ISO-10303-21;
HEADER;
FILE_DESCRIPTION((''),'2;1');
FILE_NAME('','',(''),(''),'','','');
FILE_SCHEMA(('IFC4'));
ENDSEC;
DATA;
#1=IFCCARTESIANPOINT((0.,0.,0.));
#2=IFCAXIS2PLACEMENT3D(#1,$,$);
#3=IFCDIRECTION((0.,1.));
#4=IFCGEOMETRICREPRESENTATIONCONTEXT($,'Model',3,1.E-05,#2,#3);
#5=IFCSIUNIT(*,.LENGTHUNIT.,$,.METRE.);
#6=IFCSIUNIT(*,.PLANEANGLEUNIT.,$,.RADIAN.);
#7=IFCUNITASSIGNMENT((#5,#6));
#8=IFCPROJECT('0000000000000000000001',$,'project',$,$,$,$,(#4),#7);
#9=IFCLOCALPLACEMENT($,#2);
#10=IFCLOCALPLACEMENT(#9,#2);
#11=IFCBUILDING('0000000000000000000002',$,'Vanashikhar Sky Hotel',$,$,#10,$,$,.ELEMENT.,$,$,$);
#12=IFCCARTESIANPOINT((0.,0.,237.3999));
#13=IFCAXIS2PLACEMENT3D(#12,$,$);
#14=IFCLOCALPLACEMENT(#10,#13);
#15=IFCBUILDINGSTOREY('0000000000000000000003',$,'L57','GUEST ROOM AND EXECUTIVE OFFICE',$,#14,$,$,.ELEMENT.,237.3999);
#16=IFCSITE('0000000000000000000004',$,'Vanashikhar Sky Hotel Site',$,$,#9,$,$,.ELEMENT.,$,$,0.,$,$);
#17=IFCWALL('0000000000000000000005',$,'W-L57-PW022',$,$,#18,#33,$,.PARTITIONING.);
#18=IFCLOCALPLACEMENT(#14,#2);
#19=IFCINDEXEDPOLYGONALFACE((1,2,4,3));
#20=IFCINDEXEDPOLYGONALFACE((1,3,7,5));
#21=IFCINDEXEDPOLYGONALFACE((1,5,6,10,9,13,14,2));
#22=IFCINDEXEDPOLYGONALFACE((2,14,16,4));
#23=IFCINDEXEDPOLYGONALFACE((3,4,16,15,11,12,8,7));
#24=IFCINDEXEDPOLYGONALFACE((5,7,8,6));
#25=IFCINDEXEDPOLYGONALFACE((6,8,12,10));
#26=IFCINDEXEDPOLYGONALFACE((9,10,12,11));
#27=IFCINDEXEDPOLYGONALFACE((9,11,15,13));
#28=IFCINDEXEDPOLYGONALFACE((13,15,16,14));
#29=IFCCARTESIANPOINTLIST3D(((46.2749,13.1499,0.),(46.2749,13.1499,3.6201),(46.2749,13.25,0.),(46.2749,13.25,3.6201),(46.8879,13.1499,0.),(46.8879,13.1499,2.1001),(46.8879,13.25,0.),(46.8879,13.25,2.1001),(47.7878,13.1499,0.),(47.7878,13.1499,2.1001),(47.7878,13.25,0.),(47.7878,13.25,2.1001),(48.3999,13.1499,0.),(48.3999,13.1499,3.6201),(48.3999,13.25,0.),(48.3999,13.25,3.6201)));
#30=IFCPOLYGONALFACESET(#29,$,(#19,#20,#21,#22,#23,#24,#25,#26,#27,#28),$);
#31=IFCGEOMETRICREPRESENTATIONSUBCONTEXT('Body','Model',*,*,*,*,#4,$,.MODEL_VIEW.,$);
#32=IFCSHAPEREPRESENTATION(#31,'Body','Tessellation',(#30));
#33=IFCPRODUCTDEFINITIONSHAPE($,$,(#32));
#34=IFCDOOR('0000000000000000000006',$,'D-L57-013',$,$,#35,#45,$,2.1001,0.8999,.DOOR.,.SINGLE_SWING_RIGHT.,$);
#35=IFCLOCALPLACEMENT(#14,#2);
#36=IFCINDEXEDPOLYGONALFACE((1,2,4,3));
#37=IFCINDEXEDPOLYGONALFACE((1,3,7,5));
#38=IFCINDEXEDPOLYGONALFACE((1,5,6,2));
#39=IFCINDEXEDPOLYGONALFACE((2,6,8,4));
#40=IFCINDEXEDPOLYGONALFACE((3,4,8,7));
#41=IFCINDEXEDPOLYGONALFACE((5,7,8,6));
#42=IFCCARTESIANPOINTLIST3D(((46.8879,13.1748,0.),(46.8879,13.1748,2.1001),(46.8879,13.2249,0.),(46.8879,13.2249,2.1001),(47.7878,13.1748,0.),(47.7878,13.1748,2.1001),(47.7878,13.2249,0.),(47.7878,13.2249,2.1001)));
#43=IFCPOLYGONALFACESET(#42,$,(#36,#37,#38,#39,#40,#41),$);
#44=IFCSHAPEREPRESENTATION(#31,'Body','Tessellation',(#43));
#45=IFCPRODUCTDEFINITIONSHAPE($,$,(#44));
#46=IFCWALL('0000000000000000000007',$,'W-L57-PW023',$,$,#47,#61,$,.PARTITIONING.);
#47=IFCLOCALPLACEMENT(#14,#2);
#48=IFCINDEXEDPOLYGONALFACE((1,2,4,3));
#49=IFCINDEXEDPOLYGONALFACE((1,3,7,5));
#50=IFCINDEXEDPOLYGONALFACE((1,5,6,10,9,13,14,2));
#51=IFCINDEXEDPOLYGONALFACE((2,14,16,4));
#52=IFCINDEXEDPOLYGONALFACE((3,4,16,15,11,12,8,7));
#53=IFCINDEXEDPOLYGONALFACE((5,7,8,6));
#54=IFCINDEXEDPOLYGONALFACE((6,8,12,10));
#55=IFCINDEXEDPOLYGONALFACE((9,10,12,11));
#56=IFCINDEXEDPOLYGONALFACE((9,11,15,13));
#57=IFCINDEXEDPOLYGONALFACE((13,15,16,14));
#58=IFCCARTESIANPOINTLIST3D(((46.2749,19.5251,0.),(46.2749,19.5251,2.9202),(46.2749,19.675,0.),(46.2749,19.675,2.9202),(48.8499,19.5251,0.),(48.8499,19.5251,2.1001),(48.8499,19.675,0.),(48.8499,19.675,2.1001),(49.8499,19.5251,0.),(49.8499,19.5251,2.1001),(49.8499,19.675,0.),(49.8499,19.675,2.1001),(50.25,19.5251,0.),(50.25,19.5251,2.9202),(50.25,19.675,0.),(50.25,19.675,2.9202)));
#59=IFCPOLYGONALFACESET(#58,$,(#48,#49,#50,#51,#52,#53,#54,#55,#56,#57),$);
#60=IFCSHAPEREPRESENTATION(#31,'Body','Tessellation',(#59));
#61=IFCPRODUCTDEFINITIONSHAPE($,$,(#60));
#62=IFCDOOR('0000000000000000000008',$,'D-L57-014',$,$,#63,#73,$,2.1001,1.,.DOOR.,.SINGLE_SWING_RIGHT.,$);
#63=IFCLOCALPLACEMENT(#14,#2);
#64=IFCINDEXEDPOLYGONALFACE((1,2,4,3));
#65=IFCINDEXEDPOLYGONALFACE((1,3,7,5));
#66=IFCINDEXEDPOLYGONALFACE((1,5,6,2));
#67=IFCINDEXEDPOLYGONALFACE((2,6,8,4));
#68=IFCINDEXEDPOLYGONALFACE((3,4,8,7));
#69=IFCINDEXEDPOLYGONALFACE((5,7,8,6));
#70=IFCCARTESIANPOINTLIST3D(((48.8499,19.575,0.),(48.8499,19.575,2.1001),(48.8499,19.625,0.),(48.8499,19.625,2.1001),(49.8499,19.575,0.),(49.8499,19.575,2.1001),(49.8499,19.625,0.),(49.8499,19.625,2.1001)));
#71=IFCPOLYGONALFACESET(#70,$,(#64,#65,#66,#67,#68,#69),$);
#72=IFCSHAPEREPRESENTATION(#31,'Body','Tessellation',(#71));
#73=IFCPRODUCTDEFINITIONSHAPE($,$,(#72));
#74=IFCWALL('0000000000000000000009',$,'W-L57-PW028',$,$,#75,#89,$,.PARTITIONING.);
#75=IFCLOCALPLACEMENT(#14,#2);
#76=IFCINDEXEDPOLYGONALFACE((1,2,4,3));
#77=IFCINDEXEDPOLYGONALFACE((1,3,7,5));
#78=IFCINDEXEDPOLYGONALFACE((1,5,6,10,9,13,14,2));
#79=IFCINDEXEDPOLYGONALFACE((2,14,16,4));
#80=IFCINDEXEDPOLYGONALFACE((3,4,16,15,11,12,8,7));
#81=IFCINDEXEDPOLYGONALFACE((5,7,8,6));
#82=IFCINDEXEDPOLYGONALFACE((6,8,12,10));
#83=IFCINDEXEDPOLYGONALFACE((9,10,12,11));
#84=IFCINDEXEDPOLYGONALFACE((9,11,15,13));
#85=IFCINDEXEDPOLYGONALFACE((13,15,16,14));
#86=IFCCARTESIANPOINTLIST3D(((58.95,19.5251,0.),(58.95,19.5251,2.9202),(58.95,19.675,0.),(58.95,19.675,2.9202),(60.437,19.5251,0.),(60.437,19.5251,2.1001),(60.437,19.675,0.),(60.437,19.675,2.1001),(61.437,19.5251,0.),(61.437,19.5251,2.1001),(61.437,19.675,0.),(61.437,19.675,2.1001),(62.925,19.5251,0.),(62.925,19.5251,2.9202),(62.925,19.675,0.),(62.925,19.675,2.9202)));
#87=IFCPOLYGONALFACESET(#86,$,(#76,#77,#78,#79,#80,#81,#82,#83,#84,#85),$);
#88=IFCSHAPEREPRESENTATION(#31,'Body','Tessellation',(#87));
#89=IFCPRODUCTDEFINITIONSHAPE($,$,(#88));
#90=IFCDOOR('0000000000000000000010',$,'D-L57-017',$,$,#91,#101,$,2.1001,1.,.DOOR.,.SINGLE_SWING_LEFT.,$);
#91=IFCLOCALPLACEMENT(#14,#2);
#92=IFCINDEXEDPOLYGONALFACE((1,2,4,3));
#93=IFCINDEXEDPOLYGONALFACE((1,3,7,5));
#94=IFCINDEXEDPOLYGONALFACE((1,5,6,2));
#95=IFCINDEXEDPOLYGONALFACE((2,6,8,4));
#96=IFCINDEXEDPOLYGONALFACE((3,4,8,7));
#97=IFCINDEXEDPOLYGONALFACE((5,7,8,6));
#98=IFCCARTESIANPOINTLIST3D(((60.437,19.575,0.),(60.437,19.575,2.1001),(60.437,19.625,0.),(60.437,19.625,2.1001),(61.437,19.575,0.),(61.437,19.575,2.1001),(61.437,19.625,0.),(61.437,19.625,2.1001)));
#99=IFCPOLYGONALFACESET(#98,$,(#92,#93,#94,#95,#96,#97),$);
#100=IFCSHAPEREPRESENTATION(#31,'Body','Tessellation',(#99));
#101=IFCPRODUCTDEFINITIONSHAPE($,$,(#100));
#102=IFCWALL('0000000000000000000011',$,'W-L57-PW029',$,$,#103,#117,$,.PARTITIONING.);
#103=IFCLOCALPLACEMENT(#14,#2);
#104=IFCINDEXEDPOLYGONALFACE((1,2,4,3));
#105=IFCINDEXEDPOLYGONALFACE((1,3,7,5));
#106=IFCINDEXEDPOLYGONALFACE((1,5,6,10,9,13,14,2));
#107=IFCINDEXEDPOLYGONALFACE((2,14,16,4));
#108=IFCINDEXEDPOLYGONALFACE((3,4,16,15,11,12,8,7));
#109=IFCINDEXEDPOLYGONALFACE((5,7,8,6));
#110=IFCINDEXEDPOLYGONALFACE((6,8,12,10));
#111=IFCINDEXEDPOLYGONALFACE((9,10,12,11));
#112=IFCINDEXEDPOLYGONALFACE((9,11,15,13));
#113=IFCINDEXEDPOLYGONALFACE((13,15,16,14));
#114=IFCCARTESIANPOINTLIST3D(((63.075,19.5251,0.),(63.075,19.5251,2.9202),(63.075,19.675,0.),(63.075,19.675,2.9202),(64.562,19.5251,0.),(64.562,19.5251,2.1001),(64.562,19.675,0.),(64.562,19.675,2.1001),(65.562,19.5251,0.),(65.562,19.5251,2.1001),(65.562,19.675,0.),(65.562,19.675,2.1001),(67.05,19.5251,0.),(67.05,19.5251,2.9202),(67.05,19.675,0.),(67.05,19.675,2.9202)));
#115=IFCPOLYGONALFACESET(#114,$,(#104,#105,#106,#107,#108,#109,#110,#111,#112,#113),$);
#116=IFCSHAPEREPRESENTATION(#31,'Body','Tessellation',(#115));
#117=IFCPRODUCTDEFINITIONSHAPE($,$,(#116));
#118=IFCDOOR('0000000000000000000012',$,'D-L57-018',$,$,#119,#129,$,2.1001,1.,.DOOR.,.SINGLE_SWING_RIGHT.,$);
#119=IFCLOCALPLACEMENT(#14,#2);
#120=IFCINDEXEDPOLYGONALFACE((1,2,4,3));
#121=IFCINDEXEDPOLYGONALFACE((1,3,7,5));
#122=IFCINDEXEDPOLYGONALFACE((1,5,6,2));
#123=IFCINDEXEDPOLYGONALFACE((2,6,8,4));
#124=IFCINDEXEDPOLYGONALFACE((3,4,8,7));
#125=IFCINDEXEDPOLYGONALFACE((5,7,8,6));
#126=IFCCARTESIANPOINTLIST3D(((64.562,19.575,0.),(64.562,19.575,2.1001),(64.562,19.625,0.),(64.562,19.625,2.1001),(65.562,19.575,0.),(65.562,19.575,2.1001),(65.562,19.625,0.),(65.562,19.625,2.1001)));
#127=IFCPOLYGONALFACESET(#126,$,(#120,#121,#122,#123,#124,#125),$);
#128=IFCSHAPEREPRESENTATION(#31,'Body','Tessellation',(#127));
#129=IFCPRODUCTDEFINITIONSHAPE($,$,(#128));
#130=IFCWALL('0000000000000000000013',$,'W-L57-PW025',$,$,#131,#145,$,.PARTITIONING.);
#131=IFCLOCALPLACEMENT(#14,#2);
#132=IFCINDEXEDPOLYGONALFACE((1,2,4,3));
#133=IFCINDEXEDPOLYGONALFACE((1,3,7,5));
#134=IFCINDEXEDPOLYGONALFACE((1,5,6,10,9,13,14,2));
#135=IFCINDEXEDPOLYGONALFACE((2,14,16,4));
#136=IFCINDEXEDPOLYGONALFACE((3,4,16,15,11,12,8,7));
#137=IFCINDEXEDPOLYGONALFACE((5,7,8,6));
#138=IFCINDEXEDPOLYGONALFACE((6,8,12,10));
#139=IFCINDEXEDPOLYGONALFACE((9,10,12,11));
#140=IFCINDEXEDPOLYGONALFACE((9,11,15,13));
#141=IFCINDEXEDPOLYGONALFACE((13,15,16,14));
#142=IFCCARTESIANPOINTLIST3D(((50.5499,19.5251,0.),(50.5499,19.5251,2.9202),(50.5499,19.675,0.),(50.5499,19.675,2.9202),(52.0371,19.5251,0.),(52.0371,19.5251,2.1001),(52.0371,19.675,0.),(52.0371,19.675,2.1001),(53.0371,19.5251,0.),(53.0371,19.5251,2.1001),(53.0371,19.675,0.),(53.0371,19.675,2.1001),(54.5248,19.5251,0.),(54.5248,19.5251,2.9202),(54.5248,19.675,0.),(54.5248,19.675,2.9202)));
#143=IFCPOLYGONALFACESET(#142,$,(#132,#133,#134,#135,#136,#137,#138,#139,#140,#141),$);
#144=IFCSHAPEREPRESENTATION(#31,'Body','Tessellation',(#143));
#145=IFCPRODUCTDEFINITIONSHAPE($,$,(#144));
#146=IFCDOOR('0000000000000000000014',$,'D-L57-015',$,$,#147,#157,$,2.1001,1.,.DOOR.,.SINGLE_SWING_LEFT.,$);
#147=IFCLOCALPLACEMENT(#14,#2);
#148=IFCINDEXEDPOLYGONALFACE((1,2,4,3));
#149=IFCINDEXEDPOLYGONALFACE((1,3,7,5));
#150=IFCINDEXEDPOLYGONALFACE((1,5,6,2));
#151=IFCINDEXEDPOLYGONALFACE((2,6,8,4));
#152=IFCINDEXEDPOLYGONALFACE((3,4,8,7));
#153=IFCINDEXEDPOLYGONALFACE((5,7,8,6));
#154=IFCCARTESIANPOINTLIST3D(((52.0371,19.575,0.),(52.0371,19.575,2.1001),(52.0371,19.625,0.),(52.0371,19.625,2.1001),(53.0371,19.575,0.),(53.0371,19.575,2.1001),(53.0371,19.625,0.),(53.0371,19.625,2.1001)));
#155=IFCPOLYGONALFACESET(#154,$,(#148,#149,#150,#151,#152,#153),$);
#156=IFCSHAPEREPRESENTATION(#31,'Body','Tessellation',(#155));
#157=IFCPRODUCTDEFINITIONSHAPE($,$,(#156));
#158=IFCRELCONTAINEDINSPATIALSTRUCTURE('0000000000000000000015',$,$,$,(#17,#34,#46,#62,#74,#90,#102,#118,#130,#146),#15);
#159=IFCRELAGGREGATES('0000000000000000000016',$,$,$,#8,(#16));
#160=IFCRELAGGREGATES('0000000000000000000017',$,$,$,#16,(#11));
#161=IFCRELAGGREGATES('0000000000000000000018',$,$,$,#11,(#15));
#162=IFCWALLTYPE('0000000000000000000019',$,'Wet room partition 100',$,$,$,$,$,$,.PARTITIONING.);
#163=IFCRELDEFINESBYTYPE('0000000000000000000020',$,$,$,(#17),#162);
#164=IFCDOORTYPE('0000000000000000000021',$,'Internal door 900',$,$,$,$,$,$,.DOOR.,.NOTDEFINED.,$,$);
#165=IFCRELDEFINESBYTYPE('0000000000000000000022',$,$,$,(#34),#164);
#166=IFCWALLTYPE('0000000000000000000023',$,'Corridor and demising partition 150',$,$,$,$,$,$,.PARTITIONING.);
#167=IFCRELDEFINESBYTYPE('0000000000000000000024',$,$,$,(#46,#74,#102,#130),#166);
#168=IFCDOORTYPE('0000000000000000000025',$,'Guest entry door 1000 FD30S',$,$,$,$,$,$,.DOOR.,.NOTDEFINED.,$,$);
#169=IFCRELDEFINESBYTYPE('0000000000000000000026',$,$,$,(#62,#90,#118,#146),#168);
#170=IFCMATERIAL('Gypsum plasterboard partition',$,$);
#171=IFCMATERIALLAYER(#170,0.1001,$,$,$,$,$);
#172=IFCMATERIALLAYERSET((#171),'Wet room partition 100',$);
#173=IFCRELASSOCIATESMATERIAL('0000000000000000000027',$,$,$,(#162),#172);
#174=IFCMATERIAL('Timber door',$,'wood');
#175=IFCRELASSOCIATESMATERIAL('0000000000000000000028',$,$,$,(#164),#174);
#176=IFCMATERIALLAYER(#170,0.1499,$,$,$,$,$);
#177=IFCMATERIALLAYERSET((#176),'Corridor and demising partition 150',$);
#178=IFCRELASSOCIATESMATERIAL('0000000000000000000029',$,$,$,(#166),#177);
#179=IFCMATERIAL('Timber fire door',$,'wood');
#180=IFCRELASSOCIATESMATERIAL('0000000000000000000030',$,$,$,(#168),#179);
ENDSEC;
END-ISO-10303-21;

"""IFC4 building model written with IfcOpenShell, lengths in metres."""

from ifc_helpers import new_model, si_unit, direction, frame, frame_2d, origin, place, context, subcontext, project, spatial, rectangle, extrude, source, transform, mapped, material, layer, layer_set, type_object, element, fill, save


model = new_model("IFC4")

# Units and contexts
model_context = context("Model", 3, precision=1e-05, world=origin(), true_north=direction((0.0, 1.0)))
body_context = subcontext(model_context, "Body", "Model", "MODEL_VIEW")
ifc_project = project(units=[si_unit("LENGTHUNIT", "METRE"), si_unit("PLANEANGLEUNIT", "RADIAN")], contexts=[model_context])

# Site, building, storey
site_placement = place(None, origin())
site = spatial("IfcSite", under=ifc_project, at=site_placement, Name="Vanashikhar Sky Hotel Site", CompositionType="ELEMENT", RefElevation=0.0)
building_placement = place(site_placement, origin())
building = spatial("IfcBuilding", under=site, at=building_placement, Name="Vanashikhar Sky Hotel", CompositionType="ELEMENT")
storey_placement = place(building_placement, frame((0.0, 0.0, 237.3999)))
storey = spatial("IfcBuildingStorey", under=building, at=storey_placement, Name="L57", Description="GUEST ROOM AND EXECUTIVE OFFICE", CompositionType="ELEMENT", Elevation=237.3999)

# Walls, openings, doors
ifc_material_1 = material(Name="Gypsum plasterboard partition")
ifc_layer_1 = layer(ifc_material_1, 0.1001)
ifc_layer_set_1 = layer_set([ifc_layer_1], Name="Wet room partition 100")
wall_type_1 = type_object("IfcWallType", Name="Wet room partition 100", PredefinedType="PARTITIONING", material=ifc_layer_set_1)
shared_shape_1 = source(origin(), body_context, "Body", "SweptSolid", [
    extrude(rectangle(XDim=2.125, YDim=0.1001, at=frame_2d((1.0625, 0.0))), origin(), (0.0, 0.0, 1.0), 3.6201),
])
wall_1_placement = place(storey_placement, frame((46.2749, 13.2, 0.0), z_axis=(0.0, 0.0, 1.0), x_axis=(1.0, 0.0, 0.0)))
wall_1 = element("IfcWall", 1, at=wall_1_placement, inside=storey, type_object=wall_type_1, Name="W-L57-PW022", PredefinedType="PARTITIONING", context=body_context, shape_type="MappedRepresentation", body=[
    mapped(shared_shape_1, transform((0.0, 0.0, 0.0), scale=1.0)),
])
shared_shape_2 = source(origin(), body_context, "Body", "SweptSolid", [
    extrude(rectangle(XDim=0.8999, YDim=2.1001, at=frame_2d((0.45, 1.05))), frame((0.0, 0.0601, 0.0), z_axis=(0.0, -1.0, 0.0), x_axis=(1.0, 0.0, 0.0)), (0.0, 0.0, 1.0), 0.1201),
])
opening_1_placement = place(wall_1_placement, frame((0.613, 0.0, 0.0)))
opening_1 = element("IfcOpeningElement", 2, at=opening_1_placement, cuts=wall_1, PredefinedType="OPENING", context=body_context, shape_type="MappedRepresentation", body=[
    mapped(shared_shape_2, transform((0.0, 0.0, 0.0), scale=1.0)),
])
ifc_material_2 = material(Name="Timber door", Category="wood")
door_type_1 = type_object("IfcDoorType", Name="Internal door 900", OperationType="NOTDEFINED", PredefinedType="DOOR", material=ifc_material_2)
shared_shape_3 = source(origin(), body_context, "Body", "SweptSolid", [
    extrude(rectangle(XDim=0.8999, YDim=2.1001, at=frame_2d((0.45, 1.05))), frame((0.0, 0.0249, 0.0), z_axis=(0.0, -1.0, 0.0), x_axis=(1.0, 0.0, 0.0)), (0.0, 0.0, 1.0), 0.05),
])
door_1_placement = place(opening_1_placement, origin())
door_1 = element("IfcDoor", 3, at=door_1_placement, inside=storey, type_object=door_type_1, Name="D-L57-013", OperationType="SINGLE_SWING_RIGHT", OverallHeight=2.1001, OverallWidth=0.8999, PredefinedType="DOOR", context=body_context, shape_type="MappedRepresentation", body=[
    mapped(shared_shape_3, transform((0.0, 0.0, 0.0), scale=1.0)),
])
fill(opening_1, door_1)
ifc_layer_2 = layer(ifc_material_1, 0.1499)
ifc_layer_set_2 = layer_set([ifc_layer_2], Name="Corridor and demising partition 150")
wall_type_2 = type_object("IfcWallType", Name="Corridor and demising partition 150", PredefinedType="PARTITIONING", material=ifc_layer_set_2)
shared_shape_4 = source(origin(), body_context, "Body", "SweptSolid", [
    extrude(rectangle(XDim=3.9751, YDim=0.1499, at=frame_2d((1.9875, 0.0))), origin(), (0.0, 0.0, 1.0), 2.9202),
])
wall_2_placement = place(storey_placement, frame((46.2749, 19.6001, 0.0), z_axis=(0.0, 0.0, 1.0), x_axis=(1.0, 0.0, 0.0)))
wall_2 = element("IfcWall", 4, at=wall_2_placement, inside=storey, type_object=wall_type_2, Name="W-L57-PW023", PredefinedType="PARTITIONING", context=body_context, shape_type="MappedRepresentation", body=[
    mapped(shared_shape_4, transform((0.0, 0.0, 0.0), scale=1.0)),
])
shared_shape_5 = source(origin(), body_context, "Body", "SweptSolid", [
    extrude(rectangle(XDim=1.0, YDim=2.1001, at=frame_2d((0.5, 1.05))), frame((0.0, 0.085, 0.0), z_axis=(0.0, -1.0, 0.0), x_axis=(1.0, 0.0, 0.0)), (0.0, 0.0, 1.0), 0.1699),
])
opening_2_placement = place(wall_2_placement, frame((2.575, 0.0, 0.0)))
opening_2 = element("IfcOpeningElement", 5, at=opening_2_placement, cuts=wall_2, PredefinedType="OPENING", context=body_context, shape_type="MappedRepresentation", body=[
    mapped(shared_shape_5, transform((0.0, 0.0, 0.0), scale=1.0)),
])
ifc_material_3 = material(Name="Timber fire door", Category="wood")
door_type_2 = type_object("IfcDoorType", Name="Guest entry door 1000 FD30S", OperationType="NOTDEFINED", PredefinedType="DOOR", material=ifc_material_3)
shared_shape_6 = source(origin(), body_context, "Body", "SweptSolid", [
    extrude(rectangle(XDim=1.0, YDim=2.1001, at=frame_2d((0.5, 1.05))), frame((0.0, 0.0249, 0.0), z_axis=(0.0, -1.0, 0.0), x_axis=(1.0, 0.0, 0.0)), (0.0, 0.0, 1.0), 0.05),
])
door_2_placement = place(opening_2_placement, origin())
door_2 = element("IfcDoor", 6, at=door_2_placement, inside=storey, type_object=door_type_2, Name="D-L57-014", OperationType="SINGLE_SWING_RIGHT", OverallHeight=2.1001, OverallWidth=1.0, PredefinedType="DOOR", context=body_context, shape_type="MappedRepresentation", body=[
    mapped(shared_shape_6, transform((0.0, 0.0, 0.0), scale=1.0)),
])
fill(opening_2, door_2)
wall_3_placement = place(storey_placement, frame((58.95, 19.6001, 0.0), z_axis=(0.0, 0.0, 1.0), x_axis=(1.0, 0.0, 0.0)))
wall_3 = element("IfcWall", 7, at=wall_3_placement, inside=storey, type_object=wall_type_2, Name="W-L57-PW028", PredefinedType="PARTITIONING", context=body_context, shape_type="MappedRepresentation", body=[
    mapped(shared_shape_4, transform((0.0, 0.0, 0.0), scale=1.0)),
])
opening_3_placement = place(wall_3_placement, frame((1.4871, 0.0, 0.0)))
opening_3 = element("IfcOpeningElement", 8, at=opening_3_placement, cuts=wall_3, PredefinedType="OPENING", context=body_context, shape_type="MappedRepresentation", body=[
    mapped(shared_shape_5, transform((0.0, 0.0, 0.0), scale=1.0)),
])
door_3_placement = place(opening_3_placement, origin())
door_3 = element("IfcDoor", 9, at=door_3_placement, inside=storey, type_object=door_type_2, Name="D-L57-017", OperationType="SINGLE_SWING_LEFT", OverallHeight=2.1001, OverallWidth=1.0, PredefinedType="DOOR", context=body_context, shape_type="MappedRepresentation", body=[
    mapped(shared_shape_6, transform((0.0, 0.0, 0.0), scale=1.0)),
])
fill(opening_3, door_3)
wall_4_placement = place(storey_placement, frame((63.075, 19.6001, 0.0), z_axis=(0.0, 0.0, 1.0), x_axis=(1.0, 0.0, 0.0)))
wall_4 = element("IfcWall", 10, at=wall_4_placement, inside=storey, type_object=wall_type_2, Name="W-L57-PW029", PredefinedType="PARTITIONING", context=body_context, shape_type="MappedRepresentation", body=[
    mapped(shared_shape_4, transform((0.0, 0.0, 0.0), scale=1.0)),
])
opening_4_placement = place(wall_4_placement, frame((1.4871, 0.0, 0.0)))
opening_4 = element("IfcOpeningElement", 11, at=opening_4_placement, cuts=wall_4, PredefinedType="OPENING", context=body_context, shape_type="MappedRepresentation", body=[
    mapped(shared_shape_5, transform((0.0, 0.0, 0.0), scale=1.0)),
])
door_4_placement = place(opening_4_placement, origin())
door_4 = element("IfcDoor", 12, at=door_4_placement, inside=storey, type_object=door_type_2, Name="D-L57-018", OperationType="SINGLE_SWING_RIGHT", OverallHeight=2.1001, OverallWidth=1.0, PredefinedType="DOOR", context=body_context, shape_type="MappedRepresentation", body=[
    mapped(shared_shape_6, transform((0.0, 0.0, 0.0), scale=1.0)),
])
fill(opening_4, door_4)
shared_shape_7 = source(origin(), body_context, "Body", "SweptSolid", [
    extrude(rectangle(XDim=3.9749, YDim=0.1499, at=frame_2d((1.9873, 0.0))), origin(), (0.0, 0.0, 1.0), 2.9202),
])
wall_5_placement = place(storey_placement, frame((50.55, 19.6001, 0.0), z_axis=(0.0, 0.0, 1.0), x_axis=(1.0, 0.0, 0.0)))
wall_5 = element("IfcWall", 13, at=wall_5_placement, inside=storey, type_object=wall_type_2, Name="W-L57-PW025", PredefinedType="PARTITIONING", context=body_context, shape_type="MappedRepresentation", body=[
    mapped(shared_shape_7, transform((0.0, 0.0, 0.0), scale=1.0)),
])
opening_5_placement = place(wall_5_placement, frame((1.4871, 0.0, 0.0)))
opening_5 = element("IfcOpeningElement", 14, at=opening_5_placement, cuts=wall_5, PredefinedType="OPENING", context=body_context, shape_type="MappedRepresentation", body=[
    mapped(shared_shape_5, transform((0.0, 0.0, 0.0), scale=1.0)),
])
door_5_placement = place(opening_5_placement, origin())
door_5 = element("IfcDoor", 15, at=door_5_placement, inside=storey, type_object=door_type_2, Name="D-L57-015", OperationType="SINGLE_SWING_LEFT", OverallHeight=2.1001, OverallWidth=1.0, PredefinedType="DOOR", context=body_context, shape_type="MappedRepresentation", body=[
    mapped(shared_shape_6, transform((0.0, 0.0, 0.0), scale=1.0)),
])
fill(opening_5, door_5)

save(model, "model.ifc")
